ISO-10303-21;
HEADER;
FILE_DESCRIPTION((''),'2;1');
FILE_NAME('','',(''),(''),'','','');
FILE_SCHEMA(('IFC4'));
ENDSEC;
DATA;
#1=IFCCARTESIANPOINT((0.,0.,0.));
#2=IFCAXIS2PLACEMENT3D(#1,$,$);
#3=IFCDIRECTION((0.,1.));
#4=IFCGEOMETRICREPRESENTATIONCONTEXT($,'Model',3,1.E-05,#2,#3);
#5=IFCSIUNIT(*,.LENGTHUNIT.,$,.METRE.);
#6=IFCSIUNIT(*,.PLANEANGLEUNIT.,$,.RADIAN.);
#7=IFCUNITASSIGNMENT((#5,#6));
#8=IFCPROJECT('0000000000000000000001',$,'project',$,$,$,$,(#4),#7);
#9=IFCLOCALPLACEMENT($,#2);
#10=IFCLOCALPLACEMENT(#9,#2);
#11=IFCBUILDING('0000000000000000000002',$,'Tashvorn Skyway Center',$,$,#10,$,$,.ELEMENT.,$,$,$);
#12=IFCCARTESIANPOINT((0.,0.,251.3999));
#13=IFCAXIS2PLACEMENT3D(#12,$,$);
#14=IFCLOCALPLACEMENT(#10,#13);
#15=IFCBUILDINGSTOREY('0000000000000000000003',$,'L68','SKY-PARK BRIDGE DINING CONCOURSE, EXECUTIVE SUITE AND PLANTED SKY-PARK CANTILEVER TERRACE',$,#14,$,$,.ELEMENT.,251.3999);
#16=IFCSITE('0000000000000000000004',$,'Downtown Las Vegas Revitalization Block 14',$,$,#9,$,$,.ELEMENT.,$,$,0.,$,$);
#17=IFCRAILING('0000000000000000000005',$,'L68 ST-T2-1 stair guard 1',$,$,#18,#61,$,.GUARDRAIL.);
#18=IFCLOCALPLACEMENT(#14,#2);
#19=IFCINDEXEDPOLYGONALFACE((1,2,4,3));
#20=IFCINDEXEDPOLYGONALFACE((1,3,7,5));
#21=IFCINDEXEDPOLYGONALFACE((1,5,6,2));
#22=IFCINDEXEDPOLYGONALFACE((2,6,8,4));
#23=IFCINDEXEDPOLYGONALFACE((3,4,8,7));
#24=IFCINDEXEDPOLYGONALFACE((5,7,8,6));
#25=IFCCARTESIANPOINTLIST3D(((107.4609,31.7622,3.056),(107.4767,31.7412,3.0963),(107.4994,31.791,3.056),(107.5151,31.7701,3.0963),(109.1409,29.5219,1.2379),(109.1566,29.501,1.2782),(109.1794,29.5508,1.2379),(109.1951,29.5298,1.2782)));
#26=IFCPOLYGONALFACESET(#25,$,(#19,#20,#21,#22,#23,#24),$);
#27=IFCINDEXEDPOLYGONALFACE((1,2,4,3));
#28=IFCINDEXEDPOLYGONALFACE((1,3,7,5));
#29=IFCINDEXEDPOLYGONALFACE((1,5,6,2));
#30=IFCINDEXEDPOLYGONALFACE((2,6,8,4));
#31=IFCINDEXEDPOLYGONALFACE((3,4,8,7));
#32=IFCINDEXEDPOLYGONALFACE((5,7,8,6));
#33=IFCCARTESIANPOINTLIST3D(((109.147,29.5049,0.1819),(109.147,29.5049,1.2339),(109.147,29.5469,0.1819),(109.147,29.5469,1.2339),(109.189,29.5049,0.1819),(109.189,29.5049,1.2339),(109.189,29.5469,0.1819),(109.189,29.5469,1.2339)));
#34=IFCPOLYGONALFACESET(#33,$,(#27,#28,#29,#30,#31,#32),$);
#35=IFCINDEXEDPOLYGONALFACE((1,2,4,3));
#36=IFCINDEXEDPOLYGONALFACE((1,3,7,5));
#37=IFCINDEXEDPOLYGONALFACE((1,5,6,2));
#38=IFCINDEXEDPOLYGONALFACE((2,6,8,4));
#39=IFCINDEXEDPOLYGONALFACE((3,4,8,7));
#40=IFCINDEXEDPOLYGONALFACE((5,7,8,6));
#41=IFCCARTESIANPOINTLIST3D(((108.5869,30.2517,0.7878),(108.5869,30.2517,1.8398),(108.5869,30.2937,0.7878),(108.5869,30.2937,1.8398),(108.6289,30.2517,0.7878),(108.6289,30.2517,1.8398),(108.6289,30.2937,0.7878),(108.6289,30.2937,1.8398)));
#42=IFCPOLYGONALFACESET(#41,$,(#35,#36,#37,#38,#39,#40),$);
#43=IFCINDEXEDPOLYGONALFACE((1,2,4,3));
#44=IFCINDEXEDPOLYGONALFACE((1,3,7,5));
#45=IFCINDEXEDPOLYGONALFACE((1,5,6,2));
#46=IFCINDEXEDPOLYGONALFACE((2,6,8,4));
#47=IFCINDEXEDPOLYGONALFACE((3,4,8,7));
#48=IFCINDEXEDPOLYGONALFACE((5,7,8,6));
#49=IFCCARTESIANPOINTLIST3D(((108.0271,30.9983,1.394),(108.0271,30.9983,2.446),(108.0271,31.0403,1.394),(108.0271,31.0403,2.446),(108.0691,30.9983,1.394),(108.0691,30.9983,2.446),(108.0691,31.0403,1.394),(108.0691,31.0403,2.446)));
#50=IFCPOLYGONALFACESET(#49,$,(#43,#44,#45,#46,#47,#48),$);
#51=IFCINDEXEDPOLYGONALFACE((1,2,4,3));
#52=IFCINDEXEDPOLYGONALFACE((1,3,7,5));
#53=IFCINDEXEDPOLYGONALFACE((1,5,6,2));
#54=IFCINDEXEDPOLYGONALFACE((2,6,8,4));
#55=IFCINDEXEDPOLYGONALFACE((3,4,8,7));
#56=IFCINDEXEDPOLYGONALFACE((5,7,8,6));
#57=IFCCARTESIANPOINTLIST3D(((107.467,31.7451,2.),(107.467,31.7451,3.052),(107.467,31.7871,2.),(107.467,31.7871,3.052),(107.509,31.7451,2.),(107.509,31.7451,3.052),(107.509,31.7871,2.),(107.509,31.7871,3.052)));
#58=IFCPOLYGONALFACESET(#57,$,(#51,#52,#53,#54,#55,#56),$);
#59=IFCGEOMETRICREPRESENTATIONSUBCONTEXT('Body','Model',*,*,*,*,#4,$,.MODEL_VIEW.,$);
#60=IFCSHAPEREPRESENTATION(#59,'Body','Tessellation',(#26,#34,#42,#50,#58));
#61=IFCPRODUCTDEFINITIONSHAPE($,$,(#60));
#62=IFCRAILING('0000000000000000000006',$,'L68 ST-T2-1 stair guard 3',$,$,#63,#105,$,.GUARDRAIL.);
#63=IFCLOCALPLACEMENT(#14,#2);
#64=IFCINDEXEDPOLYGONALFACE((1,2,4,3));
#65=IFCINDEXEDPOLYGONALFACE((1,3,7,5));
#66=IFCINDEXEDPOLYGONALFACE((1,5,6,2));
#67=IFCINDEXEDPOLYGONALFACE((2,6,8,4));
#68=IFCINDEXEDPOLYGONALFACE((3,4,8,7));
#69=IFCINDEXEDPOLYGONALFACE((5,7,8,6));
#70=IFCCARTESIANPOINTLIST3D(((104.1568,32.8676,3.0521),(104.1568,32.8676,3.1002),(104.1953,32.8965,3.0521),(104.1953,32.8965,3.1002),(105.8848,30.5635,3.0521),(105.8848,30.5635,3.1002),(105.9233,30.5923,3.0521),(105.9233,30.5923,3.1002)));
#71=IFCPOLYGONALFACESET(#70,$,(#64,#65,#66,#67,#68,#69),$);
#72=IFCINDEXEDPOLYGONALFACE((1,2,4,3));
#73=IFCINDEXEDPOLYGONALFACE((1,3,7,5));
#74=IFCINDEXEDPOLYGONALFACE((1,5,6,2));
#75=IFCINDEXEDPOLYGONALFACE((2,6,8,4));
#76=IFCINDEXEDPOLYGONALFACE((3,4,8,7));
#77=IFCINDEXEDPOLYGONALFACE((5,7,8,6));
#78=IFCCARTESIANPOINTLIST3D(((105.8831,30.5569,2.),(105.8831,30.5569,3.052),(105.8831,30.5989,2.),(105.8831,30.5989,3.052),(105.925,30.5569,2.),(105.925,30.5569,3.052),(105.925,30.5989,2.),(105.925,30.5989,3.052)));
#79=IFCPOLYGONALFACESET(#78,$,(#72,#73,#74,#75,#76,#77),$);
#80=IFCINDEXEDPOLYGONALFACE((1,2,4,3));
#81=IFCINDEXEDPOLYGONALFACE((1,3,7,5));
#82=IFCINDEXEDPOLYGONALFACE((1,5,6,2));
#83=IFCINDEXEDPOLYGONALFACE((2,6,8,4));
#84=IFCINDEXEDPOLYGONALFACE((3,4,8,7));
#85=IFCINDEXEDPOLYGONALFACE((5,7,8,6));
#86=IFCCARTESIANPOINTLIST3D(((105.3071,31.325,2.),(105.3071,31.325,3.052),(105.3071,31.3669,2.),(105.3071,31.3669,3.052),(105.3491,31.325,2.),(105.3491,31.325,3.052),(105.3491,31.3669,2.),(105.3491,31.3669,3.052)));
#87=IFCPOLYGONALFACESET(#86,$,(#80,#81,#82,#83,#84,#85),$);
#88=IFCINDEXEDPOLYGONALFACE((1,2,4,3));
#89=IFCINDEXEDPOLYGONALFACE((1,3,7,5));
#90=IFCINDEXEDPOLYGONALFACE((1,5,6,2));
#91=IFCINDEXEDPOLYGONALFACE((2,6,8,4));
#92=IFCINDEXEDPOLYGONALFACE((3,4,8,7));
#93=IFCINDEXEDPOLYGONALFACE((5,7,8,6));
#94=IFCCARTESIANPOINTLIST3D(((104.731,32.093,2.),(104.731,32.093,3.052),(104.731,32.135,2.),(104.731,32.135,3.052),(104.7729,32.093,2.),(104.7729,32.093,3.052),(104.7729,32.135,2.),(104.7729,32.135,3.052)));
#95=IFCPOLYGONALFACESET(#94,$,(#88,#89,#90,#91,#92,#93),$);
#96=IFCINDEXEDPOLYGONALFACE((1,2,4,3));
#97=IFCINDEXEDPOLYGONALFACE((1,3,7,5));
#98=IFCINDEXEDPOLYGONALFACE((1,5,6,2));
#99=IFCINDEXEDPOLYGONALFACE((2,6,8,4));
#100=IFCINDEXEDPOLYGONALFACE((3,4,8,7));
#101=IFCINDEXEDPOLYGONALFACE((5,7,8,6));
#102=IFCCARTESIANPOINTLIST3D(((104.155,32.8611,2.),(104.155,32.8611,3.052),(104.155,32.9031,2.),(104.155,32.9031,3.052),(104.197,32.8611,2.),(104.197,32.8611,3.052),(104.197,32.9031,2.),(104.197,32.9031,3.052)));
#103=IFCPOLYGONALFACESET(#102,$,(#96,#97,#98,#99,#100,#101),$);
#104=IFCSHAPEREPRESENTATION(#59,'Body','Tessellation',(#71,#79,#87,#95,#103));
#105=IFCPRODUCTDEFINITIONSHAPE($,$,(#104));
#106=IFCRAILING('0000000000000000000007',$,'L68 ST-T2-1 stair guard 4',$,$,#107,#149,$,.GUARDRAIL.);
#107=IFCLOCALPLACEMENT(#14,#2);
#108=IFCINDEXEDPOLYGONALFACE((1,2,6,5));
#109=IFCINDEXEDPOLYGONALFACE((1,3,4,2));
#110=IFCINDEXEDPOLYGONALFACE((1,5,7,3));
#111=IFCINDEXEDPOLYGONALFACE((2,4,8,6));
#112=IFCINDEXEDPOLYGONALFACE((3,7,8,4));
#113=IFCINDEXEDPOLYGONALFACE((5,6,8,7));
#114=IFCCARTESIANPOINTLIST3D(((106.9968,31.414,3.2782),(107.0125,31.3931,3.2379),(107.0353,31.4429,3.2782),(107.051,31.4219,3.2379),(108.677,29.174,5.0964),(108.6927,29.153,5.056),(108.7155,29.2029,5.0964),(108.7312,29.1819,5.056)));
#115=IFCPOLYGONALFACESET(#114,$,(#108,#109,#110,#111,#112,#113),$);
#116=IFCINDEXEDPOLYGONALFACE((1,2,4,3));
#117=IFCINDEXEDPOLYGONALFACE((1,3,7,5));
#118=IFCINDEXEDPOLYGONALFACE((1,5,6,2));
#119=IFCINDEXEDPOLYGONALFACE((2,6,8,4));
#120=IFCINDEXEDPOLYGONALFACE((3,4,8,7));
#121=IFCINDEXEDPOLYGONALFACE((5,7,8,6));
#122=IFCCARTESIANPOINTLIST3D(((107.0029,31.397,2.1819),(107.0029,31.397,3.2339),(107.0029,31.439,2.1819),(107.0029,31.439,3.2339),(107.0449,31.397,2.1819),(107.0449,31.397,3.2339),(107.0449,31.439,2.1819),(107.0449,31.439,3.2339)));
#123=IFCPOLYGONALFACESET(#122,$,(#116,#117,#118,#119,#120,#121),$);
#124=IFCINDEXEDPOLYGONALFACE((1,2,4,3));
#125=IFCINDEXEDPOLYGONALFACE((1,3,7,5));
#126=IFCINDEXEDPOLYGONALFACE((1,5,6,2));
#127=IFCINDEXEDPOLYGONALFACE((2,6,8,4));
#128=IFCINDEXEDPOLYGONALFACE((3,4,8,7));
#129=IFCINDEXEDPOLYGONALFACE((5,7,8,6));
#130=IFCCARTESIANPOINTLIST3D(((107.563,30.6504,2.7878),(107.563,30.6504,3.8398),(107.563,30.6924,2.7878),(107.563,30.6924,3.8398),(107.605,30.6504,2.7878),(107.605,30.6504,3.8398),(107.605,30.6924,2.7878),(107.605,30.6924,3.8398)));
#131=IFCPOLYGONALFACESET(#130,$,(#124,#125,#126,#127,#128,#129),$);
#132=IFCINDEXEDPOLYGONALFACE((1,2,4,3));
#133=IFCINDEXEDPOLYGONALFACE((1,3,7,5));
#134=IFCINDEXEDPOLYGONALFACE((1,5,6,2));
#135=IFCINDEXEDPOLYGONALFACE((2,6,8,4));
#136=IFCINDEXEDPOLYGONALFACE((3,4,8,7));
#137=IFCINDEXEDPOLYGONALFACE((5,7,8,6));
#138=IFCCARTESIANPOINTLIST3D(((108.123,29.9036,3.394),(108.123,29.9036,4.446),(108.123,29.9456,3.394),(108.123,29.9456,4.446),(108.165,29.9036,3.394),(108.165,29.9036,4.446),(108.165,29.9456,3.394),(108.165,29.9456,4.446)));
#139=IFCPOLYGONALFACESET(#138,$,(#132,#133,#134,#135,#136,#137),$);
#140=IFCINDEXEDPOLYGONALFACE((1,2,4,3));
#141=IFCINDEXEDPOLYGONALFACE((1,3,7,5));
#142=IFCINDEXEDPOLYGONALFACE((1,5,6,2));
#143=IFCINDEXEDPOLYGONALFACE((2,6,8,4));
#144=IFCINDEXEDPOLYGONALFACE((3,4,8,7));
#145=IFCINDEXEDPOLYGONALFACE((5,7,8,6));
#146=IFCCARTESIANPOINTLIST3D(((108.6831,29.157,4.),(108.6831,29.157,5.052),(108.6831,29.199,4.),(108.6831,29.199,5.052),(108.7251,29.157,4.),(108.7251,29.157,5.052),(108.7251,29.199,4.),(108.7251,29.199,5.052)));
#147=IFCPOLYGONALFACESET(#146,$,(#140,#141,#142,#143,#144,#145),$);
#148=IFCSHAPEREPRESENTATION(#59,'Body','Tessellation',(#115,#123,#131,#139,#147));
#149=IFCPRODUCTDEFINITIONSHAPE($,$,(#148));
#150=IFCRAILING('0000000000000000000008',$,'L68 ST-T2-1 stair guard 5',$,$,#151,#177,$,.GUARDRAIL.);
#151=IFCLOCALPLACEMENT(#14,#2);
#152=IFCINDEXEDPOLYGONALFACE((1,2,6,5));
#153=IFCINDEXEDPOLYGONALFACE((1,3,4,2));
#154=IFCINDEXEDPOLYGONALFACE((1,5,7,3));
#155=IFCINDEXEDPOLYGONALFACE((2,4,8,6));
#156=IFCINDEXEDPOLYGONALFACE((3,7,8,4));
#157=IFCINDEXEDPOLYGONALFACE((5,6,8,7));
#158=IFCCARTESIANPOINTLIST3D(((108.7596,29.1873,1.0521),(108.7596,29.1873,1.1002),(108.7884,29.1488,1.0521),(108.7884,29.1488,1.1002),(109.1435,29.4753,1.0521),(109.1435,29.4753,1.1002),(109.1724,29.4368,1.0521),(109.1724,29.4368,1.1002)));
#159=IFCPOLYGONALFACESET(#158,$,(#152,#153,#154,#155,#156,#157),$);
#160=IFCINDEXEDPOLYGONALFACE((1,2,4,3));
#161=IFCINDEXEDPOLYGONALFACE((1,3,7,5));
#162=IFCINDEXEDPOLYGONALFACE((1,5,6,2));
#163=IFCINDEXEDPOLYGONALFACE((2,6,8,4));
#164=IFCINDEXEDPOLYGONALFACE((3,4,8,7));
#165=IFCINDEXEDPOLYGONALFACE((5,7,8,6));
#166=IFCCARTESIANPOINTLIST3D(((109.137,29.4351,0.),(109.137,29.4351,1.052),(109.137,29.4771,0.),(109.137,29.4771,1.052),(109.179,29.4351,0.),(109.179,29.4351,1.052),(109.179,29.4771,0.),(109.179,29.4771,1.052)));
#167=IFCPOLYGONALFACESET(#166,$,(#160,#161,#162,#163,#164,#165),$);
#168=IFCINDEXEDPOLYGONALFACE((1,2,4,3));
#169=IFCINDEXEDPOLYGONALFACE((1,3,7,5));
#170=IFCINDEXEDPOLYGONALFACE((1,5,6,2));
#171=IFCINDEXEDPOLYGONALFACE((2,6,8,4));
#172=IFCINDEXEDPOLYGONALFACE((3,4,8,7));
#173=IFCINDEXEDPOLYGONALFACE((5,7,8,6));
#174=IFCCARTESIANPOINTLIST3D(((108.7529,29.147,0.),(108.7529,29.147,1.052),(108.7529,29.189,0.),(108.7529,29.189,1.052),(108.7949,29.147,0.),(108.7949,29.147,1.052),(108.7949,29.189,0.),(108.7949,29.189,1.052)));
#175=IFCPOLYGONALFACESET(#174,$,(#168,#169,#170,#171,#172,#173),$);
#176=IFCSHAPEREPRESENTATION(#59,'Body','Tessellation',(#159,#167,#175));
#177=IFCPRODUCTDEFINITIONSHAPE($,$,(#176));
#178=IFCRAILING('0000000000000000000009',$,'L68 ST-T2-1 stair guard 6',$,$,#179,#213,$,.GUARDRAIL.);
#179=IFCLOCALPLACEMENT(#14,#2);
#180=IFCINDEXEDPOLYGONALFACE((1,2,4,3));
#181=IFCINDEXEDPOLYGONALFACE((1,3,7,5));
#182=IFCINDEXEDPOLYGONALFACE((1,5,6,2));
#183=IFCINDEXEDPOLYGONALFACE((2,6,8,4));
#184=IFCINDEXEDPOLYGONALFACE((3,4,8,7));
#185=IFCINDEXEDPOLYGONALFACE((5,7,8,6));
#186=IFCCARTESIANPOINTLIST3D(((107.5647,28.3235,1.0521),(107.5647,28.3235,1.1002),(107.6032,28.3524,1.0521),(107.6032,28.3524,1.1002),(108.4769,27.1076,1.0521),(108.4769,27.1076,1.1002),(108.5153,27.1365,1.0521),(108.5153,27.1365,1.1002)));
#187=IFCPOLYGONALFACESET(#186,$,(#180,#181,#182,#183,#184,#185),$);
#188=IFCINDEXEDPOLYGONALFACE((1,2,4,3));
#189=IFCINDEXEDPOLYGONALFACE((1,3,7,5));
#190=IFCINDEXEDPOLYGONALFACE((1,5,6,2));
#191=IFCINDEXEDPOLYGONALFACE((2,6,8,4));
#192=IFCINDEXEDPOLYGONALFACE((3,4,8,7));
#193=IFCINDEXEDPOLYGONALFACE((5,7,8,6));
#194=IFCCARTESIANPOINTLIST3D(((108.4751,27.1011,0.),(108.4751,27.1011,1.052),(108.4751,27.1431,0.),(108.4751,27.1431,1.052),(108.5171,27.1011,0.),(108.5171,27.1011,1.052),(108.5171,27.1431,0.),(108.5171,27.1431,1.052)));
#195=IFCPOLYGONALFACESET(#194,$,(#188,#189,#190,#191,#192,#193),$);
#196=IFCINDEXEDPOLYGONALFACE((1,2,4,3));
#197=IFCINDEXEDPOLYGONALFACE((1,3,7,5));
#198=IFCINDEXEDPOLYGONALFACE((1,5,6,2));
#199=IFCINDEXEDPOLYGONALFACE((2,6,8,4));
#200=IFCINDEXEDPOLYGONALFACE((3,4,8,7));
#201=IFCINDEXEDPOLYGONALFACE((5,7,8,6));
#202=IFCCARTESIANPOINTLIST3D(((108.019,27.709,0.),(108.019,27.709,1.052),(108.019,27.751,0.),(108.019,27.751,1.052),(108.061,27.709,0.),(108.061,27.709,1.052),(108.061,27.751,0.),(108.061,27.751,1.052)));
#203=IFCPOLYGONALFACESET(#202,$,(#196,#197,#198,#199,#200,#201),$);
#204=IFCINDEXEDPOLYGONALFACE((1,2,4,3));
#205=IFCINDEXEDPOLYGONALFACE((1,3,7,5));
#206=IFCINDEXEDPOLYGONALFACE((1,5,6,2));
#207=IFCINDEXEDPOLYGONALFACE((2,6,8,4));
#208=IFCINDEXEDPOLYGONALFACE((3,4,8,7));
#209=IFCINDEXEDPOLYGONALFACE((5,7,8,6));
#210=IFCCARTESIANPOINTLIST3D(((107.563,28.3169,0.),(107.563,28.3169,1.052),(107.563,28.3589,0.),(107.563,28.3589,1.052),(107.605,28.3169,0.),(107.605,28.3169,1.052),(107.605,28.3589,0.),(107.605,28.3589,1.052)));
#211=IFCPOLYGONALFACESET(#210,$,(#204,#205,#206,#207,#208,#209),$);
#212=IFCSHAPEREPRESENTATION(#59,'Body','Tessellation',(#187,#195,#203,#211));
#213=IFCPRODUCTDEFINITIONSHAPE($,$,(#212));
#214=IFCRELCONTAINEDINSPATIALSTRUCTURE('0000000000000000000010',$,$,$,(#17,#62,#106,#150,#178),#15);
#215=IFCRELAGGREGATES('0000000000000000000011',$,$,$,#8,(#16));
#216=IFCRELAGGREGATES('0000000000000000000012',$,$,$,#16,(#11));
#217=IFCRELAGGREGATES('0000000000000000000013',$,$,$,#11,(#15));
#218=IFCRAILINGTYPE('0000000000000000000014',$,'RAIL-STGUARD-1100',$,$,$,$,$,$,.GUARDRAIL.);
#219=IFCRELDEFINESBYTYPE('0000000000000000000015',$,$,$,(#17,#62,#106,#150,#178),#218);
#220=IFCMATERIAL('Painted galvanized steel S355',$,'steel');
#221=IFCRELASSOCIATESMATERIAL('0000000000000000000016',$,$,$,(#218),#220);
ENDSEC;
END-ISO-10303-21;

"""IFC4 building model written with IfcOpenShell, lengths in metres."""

from ifc_helpers import new_model, si_unit, direction, frame, origin, origin_2d, place, context, subcontext, project, spatial, rectangle, extrude, material, type_object, element, save


model = new_model("IFC4")

# Units and contexts
model_context = context("Model", 3, precision=1e-05, world=origin(), true_north=direction((0.0, 1.0)))
body_context = subcontext(model_context, "Body", "Model", "MODEL_VIEW")
ifc_project = project(units=[si_unit("LENGTHUNIT", "METRE"), si_unit("PLANEANGLEUNIT", "RADIAN")], contexts=[model_context])

# Site, building, storey
site_placement = place(None, origin())
site = spatial("IfcSite", under=ifc_project, at=site_placement, Name="Downtown Las Vegas Revitalization Block 14", CompositionType="ELEMENT", RefElevation=0.0)
building_placement = place(site_placement, origin())
building = spatial("IfcBuilding", under=site, at=building_placement, Name="Tashvorn Skyway Center", CompositionType="ELEMENT")
storey_placement = place(building_placement, frame((0.0, 0.0, 251.3999)))
storey = spatial("IfcBuildingStorey", under=building, at=storey_placement, Name="L68", Description="SKY-PARK BRIDGE DINING CONCOURSE, EXECUTIVE SUITE AND PLANTED SKY-PARK CANTILEVER TERRACE", CompositionType="ELEMENT", Elevation=251.3999)

# Railings
ifc_material_1 = material(Name="Painted galvanized steel S355", Category="steel")
railing_type_1 = type_object("IfcRailingType", Name="RAIL-STGUARD-1100", PredefinedType="GUARDRAIL", material=ifc_material_1)
railing_1_placement = place(storey_placement, frame((109.168, 29.5259, 0.1819)))
element("IfcRailing", 1, at=railing_1_placement, inside=storey, type_object=railing_type_1, Name="L68 ST-T2-1 stair guard 1", PredefinedType="GUARDRAIL", context=body_context, shape_type="SweptSolid", body=[
    extrude(rectangle(XDim=0.0481, YDim=0.0481, at=origin_2d()), frame((0.0, 0.0, 1.0762), z_axis=(-0.503182, 0.671007, 0.544571), x_axis=(-0.800042, -0.599944, 0.0)), (0.0, 0.0, 1.0), 3.3386),
    extrude(rectangle(XDim=0.042, YDim=0.042, at=origin_2d()), origin(), (0.0, 0.0, 1.0), 1.052),
    extrude(rectangle(XDim=0.042, YDim=0.042, at=origin_2d()), frame((-0.5601, 0.7468, 0.606)), (0.0, 0.0, 1.0), 1.052),
    extrude(rectangle(XDim=0.042, YDim=0.042, at=origin_2d()), frame((-1.1199, 1.4934, 1.2122)), (0.0, 0.0, 1.0), 1.052),
    extrude(rectangle(XDim=0.042, YDim=0.042, at=origin_2d()), frame((-1.6799, 2.2402, 1.8181)), (0.0, 0.0, 1.0), 1.052),
])
railing_2_placement = place(storey_placement, frame((105.9041, 30.5779, 2.0)))
element("IfcRailing", 2, at=railing_2_placement, inside=storey, type_object=railing_type_1, Name="L68 ST-T2-1 stair guard 3", PredefinedType="GUARDRAIL", context=body_context, shape_type="SweptSolid", body=[
    extrude(rectangle(XDim=0.0481, YDim=0.0481, at=origin_2d()), frame((0.0, 0.0, 1.0762), z_axis=(-0.599973, 0.80002, 0.0), x_axis=(-0.80002, -0.599973, 0.0)), (0.0, 0.0, 1.0), 2.8801),
    extrude(rectangle(XDim=0.042, YDim=0.042, at=origin_2d()), origin(), (0.0, 0.0, 1.0), 1.052),
    extrude(rectangle(XDim=0.042, YDim=0.042, at=origin_2d()), frame((-0.5759, 0.7681, 0.0)), (0.0, 0.0, 1.0), 1.052),
    extrude(rectangle(XDim=0.042, YDim=0.042, at=origin_2d()), frame((-1.1521, 1.5361, 0.0)), (0.0, 0.0, 1.0), 1.052),
    extrude(rectangle(XDim=0.042, YDim=0.042, at=origin_2d()), frame((-1.728, 2.3042, 0.0)), (0.0, 0.0, 1.0), 1.052),
])
railing_3_placement = place(storey_placement, frame((107.0239, 31.418, 2.1819)))
element("IfcRailing", 3, at=railing_3_placement, inside=storey, type_object=railing_type_1, Name="L68 ST-T2-1 stair guard 4", PredefinedType="GUARDRAIL", context=body_context, shape_type="SweptSolid", body=[
    extrude(rectangle(XDim=0.0481, YDim=0.0481, at=origin_2d()), frame((0.0, 0.0, 1.0762), z_axis=(0.503261, -0.670942, 0.544578), x_axis=(0.799969, 0.600042, 0.0)), (0.0, 0.0, 1.0), 3.3386),
    extrude(rectangle(XDim=0.042, YDim=0.042, at=origin_2d()), origin(), (0.0, 0.0, 1.0), 1.052),
    extrude(rectangle(XDim=0.042, YDim=0.042, at=origin_2d()), frame((0.5601, -0.7466, 0.606)), (0.0, 0.0, 1.0), 1.052),
    extrude(rectangle(XDim=0.042, YDim=0.042, at=origin_2d()), frame((1.1201, -1.4934, 1.2122)), (0.0, 0.0, 1.0), 1.052),
    extrude(rectangle(XDim=0.042, YDim=0.042, at=origin_2d()), frame((1.6802, -2.24, 1.8181)), (0.0, 0.0, 1.0), 1.052),
])
railing_4_placement = place(storey_placement, frame((109.158, 29.4561, 0.0)))
element("IfcRailing", 4, at=railing_4_placement, inside=storey, type_object=railing_type_1, Name="L68 ST-T2-1 stair guard 5", PredefinedType="GUARDRAIL", context=body_context, shape_type="SweptSolid", body=[
    extrude(rectangle(XDim=0.0481, YDim=0.0481, at=origin_2d()), frame((0.0, 0.0, 1.0762), z_axis=(-0.799939, -0.600081, 0.0), x_axis=(0.600081, -0.799939, 0.0)), (0.0, 0.0, 1.0), 0.48),
    extrude(rectangle(XDim=0.042, YDim=0.042, at=origin_2d()), origin(), (0.0, 0.0, 1.0), 1.052),
    extrude(rectangle(XDim=0.042, YDim=0.042, at=origin_2d()), frame((-0.384, -0.2881, 0.0)), (0.0, 0.0, 1.0), 1.052),
])
railing_5_placement = place(storey_placement, frame((108.4961, 27.1221, 0.0)))
element("IfcRailing", 5, at=railing_5_placement, inside=storey, type_object=railing_type_1, Name="L68 ST-T2-1 stair guard 6", PredefinedType="GUARDRAIL", context=body_context, shape_type="SweptSolid", body=[
    extrude(rectangle(XDim=0.0481, YDim=0.0481, at=origin_2d()), frame((0.0, 0.0, 1.0762), z_axis=(-0.600103, 0.799923, 0.0), x_axis=(-0.799923, -0.600103, 0.0)), (0.0, 0.0, 1.0), 1.52),
    extrude(rectangle(XDim=0.042, YDim=0.042, at=origin_2d()), origin(), (0.0, 0.0, 1.0), 1.052),
    extrude(rectangle(XDim=0.042, YDim=0.042, at=origin_2d()), frame((-0.4561, 0.6079, 0.0)), (0.0, 0.0, 1.0), 1.052),
    extrude(rectangle(XDim=0.042, YDim=0.042, at=origin_2d()), frame((-0.9121, 1.2158, 0.0)), (0.0, 0.0, 1.0), 1.052),
])

save(model, "model.ifc")
